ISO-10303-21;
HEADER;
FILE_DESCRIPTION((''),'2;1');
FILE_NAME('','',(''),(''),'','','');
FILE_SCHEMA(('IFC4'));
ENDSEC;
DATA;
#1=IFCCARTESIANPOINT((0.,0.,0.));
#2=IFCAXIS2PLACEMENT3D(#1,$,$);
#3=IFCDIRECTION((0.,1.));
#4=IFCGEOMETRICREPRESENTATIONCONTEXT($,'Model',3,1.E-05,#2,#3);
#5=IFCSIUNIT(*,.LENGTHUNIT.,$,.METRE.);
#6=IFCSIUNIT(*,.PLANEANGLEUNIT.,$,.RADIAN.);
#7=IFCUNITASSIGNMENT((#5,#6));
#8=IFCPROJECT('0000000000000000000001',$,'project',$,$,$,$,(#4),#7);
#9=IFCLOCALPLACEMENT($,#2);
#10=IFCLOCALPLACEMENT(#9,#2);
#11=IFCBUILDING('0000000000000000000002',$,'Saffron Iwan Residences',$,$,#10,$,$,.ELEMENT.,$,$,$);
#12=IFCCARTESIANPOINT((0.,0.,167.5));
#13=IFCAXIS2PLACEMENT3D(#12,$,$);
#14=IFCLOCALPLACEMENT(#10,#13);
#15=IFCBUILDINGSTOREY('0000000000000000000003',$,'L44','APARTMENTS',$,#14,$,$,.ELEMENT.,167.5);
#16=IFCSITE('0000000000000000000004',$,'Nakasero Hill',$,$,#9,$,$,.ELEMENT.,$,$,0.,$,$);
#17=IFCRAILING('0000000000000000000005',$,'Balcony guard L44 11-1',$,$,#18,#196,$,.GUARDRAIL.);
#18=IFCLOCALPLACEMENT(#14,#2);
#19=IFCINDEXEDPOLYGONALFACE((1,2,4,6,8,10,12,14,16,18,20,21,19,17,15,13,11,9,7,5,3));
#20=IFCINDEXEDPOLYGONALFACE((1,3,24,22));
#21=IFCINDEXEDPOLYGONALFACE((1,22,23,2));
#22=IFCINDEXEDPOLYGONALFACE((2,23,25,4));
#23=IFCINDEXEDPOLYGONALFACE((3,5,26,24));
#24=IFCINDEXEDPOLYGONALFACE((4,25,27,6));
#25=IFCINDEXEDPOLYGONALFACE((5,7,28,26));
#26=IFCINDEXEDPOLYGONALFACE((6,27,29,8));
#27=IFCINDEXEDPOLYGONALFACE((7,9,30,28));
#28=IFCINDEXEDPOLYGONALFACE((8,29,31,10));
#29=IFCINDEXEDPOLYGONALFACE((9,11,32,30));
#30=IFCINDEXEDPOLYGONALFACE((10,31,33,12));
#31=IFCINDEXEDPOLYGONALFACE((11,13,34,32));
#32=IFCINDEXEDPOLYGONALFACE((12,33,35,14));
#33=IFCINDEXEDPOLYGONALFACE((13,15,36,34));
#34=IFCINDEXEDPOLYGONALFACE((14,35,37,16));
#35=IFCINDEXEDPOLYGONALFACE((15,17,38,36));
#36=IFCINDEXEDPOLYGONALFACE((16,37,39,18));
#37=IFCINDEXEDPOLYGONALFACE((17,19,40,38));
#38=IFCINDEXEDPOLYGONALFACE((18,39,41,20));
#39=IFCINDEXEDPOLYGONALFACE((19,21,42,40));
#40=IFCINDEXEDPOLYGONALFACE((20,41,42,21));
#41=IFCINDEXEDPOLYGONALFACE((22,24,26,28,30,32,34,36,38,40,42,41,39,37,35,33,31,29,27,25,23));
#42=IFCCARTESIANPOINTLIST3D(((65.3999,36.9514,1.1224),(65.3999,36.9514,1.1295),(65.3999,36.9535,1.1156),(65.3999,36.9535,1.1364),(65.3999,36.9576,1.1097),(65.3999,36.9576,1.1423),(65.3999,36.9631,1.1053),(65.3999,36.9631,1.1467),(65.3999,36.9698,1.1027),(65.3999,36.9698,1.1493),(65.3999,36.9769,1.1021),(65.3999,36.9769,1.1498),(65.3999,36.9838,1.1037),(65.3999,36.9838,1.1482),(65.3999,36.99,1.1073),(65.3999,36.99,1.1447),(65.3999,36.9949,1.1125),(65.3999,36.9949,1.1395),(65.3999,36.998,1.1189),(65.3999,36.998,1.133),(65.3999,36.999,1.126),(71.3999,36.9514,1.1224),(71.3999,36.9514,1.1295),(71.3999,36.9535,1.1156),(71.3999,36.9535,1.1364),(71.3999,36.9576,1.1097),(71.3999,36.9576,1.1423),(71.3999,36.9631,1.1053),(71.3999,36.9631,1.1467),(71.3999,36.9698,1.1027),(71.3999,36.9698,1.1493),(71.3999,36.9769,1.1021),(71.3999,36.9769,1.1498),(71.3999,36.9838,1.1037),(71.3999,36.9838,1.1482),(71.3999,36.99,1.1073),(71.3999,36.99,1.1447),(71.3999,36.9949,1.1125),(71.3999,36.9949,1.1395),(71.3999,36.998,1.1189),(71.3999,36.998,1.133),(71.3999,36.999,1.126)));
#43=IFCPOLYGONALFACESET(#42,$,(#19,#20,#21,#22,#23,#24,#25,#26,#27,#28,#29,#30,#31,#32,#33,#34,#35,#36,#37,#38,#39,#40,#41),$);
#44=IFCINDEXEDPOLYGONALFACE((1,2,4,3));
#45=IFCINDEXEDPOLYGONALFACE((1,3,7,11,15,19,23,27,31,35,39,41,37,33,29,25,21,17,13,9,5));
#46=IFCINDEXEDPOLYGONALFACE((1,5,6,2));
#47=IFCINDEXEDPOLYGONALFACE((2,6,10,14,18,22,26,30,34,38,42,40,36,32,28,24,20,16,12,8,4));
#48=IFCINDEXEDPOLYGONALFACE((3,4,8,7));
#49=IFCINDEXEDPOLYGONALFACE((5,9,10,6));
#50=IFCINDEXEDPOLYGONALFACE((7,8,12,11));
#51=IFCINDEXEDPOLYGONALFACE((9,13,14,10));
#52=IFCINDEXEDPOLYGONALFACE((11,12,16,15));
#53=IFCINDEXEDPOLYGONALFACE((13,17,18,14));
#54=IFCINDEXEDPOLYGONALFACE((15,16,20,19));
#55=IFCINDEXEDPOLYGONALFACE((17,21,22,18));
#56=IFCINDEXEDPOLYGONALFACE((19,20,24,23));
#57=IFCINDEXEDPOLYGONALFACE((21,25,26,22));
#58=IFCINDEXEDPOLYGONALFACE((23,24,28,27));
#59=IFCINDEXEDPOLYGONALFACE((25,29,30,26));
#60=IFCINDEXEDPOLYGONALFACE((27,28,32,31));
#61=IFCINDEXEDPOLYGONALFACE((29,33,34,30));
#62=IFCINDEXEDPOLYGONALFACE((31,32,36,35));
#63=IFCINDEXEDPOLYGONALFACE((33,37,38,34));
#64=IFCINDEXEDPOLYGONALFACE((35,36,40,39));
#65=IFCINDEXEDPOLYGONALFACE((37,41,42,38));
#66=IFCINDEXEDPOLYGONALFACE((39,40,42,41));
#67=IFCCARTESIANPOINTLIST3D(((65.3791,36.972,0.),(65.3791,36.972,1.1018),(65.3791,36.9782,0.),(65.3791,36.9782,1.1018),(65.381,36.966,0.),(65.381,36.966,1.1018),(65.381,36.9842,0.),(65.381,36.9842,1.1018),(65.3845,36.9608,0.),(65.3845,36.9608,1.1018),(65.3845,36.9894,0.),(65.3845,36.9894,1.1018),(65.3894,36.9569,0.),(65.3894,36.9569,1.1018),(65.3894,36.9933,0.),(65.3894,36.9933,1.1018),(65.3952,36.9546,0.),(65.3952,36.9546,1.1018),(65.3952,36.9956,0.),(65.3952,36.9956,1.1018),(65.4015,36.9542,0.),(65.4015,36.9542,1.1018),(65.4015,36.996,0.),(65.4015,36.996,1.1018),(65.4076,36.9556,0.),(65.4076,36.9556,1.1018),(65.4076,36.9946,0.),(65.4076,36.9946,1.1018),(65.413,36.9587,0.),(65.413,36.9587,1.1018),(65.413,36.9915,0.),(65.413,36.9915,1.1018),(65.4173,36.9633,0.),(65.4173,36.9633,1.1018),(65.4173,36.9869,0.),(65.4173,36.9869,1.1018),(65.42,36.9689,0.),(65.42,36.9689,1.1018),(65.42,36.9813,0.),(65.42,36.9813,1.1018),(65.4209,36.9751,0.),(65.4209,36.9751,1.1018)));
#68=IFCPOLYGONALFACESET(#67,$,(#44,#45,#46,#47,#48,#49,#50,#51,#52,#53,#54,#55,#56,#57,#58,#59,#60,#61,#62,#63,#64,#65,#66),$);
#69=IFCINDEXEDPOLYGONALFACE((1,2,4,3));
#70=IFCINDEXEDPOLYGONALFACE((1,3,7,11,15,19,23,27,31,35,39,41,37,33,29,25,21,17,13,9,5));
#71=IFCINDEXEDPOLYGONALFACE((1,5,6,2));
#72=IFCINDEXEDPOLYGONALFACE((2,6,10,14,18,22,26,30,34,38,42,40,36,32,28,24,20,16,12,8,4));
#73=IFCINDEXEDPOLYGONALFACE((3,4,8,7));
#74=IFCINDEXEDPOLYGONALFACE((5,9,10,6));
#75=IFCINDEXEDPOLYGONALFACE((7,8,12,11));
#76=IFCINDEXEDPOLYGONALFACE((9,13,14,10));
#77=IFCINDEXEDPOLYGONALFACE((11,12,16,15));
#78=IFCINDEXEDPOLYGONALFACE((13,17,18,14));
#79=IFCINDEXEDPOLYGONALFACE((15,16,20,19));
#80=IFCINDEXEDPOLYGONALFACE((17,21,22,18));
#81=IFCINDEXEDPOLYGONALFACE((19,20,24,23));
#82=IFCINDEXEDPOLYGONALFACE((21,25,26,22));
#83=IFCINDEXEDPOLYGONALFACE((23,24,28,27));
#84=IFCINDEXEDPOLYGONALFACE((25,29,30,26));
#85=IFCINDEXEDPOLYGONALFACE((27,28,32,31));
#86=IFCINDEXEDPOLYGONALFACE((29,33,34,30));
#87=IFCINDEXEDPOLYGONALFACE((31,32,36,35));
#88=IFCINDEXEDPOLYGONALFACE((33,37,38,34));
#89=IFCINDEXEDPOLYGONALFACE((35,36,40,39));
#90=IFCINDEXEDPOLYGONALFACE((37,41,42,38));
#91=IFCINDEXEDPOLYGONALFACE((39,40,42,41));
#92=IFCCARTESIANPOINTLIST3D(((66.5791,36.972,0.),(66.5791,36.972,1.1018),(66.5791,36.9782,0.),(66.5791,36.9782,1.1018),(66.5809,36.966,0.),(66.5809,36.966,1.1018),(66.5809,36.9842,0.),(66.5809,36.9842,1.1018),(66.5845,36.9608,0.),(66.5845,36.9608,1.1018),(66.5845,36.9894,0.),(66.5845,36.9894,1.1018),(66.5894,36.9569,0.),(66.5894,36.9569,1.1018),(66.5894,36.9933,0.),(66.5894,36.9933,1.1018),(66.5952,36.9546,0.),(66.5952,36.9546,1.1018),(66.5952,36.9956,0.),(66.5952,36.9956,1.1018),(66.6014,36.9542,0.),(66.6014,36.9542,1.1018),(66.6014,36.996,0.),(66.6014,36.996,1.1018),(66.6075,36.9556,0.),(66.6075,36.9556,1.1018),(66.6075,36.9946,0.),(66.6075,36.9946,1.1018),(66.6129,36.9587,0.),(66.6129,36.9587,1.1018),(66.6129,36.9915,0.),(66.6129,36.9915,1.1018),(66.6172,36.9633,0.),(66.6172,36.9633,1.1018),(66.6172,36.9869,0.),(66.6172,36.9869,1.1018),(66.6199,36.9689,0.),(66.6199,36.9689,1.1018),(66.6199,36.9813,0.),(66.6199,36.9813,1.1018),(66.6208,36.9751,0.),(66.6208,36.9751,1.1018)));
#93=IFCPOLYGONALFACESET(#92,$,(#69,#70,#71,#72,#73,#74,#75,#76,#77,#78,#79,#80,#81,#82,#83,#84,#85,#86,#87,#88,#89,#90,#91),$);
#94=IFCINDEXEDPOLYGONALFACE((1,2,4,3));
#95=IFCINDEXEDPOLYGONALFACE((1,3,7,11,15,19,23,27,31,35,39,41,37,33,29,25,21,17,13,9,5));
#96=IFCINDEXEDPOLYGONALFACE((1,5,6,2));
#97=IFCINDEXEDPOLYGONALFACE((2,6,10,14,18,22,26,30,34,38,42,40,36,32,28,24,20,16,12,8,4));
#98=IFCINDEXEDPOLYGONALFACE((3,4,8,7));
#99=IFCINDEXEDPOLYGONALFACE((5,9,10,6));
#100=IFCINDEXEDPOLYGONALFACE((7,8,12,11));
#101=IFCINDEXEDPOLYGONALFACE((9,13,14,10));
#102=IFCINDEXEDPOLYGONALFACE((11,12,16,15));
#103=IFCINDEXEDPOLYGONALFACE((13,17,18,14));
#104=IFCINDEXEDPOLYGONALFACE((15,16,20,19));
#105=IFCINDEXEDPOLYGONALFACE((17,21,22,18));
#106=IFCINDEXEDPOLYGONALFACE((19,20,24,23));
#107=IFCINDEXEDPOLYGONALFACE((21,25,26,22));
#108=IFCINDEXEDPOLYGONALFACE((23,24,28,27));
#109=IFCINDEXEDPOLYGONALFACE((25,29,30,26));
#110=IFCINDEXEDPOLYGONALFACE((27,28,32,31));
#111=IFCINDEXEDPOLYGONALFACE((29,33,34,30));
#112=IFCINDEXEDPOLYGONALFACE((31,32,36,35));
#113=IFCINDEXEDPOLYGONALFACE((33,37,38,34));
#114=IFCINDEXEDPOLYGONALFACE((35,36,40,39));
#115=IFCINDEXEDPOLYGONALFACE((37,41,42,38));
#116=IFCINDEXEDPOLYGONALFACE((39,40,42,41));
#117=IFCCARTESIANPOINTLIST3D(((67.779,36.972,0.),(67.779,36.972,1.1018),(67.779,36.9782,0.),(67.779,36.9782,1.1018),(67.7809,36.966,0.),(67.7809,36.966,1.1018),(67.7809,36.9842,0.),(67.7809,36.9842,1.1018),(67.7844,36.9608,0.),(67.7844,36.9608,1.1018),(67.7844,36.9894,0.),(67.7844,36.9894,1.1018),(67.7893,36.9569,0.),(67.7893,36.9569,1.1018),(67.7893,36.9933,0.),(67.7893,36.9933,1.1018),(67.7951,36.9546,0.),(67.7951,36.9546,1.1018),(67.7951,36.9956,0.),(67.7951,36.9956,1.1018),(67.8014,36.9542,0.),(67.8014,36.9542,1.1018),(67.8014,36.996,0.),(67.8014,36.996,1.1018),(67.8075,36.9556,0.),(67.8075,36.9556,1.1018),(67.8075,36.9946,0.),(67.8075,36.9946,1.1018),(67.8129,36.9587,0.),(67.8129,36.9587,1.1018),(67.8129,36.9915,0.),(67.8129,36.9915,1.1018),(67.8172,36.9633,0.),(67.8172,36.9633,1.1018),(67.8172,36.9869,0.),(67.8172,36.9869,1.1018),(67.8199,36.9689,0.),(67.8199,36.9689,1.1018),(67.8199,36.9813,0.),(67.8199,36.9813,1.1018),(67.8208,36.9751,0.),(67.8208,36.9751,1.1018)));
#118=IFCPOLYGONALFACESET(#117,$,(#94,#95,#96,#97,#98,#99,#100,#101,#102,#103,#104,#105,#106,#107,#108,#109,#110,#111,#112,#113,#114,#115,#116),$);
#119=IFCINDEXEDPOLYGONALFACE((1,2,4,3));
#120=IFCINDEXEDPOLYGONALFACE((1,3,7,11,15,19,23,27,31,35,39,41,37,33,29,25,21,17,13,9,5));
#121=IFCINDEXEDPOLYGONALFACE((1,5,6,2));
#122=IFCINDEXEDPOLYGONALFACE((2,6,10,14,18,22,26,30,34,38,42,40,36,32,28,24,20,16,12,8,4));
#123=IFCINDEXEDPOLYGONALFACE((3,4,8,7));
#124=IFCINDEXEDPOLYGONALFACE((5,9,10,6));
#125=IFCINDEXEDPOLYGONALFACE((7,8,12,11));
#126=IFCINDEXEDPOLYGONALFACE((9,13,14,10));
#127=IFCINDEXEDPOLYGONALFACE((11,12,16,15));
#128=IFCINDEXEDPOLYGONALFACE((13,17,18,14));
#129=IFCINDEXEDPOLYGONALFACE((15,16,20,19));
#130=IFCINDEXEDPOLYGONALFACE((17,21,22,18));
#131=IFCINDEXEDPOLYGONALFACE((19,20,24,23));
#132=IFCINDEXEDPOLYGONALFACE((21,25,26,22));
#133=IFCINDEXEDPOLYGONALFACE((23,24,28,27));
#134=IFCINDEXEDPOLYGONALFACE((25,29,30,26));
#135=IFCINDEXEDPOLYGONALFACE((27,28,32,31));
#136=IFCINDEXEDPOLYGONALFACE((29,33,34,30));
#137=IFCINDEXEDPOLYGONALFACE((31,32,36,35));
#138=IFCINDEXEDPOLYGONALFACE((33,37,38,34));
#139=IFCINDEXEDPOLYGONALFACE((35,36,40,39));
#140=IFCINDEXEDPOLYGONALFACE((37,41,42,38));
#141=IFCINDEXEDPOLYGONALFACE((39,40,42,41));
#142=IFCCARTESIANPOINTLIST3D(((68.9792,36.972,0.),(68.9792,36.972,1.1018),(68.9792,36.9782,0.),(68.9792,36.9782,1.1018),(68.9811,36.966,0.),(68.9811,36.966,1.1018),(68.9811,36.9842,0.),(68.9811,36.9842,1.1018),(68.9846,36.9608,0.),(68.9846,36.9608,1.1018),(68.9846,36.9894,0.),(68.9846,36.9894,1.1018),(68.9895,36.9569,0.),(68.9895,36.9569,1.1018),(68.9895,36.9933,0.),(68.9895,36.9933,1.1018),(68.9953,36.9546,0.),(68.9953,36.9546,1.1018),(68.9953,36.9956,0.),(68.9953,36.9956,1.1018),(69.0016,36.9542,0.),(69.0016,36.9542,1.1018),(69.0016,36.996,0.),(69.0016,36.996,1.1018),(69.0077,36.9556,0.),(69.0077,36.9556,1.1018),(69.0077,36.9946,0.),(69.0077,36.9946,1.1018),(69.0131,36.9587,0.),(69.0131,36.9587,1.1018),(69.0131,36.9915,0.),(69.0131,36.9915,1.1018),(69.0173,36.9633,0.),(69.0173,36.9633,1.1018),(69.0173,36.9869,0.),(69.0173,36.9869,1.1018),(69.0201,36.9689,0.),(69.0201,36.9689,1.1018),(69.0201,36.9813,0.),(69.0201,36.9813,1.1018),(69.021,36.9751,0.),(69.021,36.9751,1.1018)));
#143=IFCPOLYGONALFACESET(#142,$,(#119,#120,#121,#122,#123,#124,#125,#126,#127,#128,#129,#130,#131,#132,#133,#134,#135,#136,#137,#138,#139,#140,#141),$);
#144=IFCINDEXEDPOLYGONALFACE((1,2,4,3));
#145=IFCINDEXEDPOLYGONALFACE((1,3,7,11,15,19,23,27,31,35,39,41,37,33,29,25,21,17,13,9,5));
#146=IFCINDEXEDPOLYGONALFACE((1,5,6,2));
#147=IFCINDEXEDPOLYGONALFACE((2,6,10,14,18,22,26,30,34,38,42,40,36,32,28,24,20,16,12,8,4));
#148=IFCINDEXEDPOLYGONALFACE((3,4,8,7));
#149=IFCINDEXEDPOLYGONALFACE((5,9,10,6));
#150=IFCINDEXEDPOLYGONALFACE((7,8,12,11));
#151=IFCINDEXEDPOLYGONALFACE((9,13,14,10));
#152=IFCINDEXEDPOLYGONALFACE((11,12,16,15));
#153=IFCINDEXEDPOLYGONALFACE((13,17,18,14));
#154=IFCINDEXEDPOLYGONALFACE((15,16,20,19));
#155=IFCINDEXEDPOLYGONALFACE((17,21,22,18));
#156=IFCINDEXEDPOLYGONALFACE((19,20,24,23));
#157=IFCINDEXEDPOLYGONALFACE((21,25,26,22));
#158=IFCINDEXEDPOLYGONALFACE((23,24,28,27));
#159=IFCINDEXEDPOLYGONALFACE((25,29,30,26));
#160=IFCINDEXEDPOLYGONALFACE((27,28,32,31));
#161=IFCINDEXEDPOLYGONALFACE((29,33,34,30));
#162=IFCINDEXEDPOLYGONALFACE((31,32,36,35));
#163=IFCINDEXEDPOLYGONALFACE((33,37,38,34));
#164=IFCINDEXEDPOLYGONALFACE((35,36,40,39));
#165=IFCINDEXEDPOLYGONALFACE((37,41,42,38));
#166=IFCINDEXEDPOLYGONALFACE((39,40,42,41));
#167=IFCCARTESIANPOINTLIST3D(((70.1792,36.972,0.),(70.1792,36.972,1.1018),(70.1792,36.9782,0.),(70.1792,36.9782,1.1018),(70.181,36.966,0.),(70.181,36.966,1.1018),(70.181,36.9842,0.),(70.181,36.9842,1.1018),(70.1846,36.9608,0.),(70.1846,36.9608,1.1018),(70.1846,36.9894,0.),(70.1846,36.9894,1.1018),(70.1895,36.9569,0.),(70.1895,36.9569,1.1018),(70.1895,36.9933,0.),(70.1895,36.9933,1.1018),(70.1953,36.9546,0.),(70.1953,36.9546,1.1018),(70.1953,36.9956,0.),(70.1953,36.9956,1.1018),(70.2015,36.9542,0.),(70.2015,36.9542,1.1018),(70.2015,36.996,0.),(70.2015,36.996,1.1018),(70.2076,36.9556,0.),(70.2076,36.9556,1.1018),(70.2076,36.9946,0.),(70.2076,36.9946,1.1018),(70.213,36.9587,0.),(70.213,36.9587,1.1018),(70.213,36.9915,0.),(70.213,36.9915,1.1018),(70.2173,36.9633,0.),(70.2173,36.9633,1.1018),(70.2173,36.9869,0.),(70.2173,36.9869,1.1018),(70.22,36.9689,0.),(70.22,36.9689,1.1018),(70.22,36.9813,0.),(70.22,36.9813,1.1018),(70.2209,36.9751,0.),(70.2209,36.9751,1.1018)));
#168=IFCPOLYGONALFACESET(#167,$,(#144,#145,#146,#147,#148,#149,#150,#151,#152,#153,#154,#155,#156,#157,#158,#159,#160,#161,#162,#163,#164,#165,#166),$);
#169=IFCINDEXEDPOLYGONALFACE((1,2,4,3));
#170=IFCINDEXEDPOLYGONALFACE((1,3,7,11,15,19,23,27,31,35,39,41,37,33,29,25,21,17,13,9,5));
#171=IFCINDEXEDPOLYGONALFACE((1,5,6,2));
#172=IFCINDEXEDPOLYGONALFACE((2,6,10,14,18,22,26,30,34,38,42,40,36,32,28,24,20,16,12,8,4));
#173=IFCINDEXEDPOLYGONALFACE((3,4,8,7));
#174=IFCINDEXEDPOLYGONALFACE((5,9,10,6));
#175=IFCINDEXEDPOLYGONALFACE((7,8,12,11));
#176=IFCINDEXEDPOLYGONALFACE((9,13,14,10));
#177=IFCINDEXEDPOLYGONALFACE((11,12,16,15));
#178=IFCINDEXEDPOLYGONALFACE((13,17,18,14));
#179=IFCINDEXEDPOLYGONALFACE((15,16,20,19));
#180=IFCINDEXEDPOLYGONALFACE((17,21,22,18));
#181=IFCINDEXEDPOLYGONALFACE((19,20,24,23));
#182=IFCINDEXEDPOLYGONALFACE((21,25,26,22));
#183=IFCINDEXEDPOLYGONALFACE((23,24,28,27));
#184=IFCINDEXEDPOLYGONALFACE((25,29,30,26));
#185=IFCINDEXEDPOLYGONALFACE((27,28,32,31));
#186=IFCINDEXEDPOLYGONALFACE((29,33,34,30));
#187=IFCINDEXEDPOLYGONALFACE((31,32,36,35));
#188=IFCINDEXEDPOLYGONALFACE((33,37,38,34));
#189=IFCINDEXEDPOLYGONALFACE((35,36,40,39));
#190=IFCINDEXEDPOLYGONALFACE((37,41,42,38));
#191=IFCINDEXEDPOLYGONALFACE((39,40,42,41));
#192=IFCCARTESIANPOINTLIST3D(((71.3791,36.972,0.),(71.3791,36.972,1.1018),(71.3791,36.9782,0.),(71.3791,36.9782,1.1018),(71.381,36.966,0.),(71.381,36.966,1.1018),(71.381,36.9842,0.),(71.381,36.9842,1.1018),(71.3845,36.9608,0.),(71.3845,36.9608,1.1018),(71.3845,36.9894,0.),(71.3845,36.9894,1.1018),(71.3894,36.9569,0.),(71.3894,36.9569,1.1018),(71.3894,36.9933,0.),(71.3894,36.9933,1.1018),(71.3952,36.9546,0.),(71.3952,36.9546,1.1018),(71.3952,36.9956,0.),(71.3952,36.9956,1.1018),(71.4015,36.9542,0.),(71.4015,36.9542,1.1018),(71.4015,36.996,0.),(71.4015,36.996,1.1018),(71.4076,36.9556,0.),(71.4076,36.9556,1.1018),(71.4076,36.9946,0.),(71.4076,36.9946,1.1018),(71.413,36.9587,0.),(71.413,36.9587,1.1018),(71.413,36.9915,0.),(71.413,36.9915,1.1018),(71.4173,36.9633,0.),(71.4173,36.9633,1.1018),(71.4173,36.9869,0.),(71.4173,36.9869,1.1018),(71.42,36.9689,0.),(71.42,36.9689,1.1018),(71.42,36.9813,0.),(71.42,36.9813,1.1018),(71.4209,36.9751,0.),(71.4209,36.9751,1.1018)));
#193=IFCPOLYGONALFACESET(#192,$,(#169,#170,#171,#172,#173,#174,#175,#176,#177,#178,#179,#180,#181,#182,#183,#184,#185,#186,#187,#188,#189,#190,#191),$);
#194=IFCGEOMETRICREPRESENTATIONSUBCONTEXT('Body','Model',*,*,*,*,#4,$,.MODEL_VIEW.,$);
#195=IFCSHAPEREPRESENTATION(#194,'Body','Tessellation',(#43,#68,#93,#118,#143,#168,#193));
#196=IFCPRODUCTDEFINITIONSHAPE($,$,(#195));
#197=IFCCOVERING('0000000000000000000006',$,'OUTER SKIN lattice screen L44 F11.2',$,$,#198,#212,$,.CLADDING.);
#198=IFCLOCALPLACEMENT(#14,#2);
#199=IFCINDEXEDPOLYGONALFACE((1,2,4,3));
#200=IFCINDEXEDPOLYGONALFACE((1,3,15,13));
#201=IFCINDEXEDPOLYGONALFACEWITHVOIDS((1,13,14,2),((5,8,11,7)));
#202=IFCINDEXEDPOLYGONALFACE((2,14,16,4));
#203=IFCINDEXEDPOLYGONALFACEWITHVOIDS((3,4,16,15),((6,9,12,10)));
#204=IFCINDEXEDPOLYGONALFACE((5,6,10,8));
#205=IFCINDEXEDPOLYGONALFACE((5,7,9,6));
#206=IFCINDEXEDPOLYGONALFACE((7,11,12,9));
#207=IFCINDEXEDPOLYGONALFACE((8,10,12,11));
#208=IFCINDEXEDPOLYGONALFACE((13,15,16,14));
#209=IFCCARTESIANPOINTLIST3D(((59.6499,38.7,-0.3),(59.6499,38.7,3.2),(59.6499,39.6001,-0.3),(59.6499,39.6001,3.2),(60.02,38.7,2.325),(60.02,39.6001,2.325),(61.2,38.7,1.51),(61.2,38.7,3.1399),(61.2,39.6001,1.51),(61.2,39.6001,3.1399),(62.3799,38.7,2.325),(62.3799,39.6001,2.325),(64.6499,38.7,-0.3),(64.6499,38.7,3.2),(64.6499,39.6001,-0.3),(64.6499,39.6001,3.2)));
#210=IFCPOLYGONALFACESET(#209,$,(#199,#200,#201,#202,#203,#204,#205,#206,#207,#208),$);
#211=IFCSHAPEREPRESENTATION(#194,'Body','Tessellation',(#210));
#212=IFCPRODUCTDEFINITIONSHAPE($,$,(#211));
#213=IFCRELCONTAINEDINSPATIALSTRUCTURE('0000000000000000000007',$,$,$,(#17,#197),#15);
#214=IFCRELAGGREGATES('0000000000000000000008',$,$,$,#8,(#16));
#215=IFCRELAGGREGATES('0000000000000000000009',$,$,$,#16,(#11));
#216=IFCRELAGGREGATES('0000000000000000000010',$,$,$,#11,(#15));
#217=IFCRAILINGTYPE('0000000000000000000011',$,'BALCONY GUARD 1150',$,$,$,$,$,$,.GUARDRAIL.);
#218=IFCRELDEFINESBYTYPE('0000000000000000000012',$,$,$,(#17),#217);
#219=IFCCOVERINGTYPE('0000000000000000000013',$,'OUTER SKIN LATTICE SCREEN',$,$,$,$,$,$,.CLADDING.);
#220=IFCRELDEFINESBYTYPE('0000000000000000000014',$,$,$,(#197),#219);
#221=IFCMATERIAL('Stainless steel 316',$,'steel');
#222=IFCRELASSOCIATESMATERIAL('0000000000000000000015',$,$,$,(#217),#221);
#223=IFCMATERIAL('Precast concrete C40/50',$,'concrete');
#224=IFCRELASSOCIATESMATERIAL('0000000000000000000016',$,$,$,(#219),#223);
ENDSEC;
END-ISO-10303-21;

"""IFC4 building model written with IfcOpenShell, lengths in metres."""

from ifc_helpers import new_model, si_unit, direction, frame, origin, origin_2d, place, context, subcontext, project, spatial, polyline, circle, outline, extrude, material, type_object, element, save


model = new_model("IFC4")

# Units and contexts
model_context = context("Model", 3, precision=1e-05, world=origin(), true_north=direction((0.0, 1.0)))
body_context = subcontext(model_context, "Body", "Model", "MODEL_VIEW")
ifc_project = project(units=[si_unit("LENGTHUNIT", "METRE"), si_unit("PLANEANGLEUNIT", "RADIAN")], contexts=[model_context])

# Site, building, storey
site_placement = place(None, origin())
site = spatial("IfcSite", under=ifc_project, at=site_placement, Name="Nakasero Hill", CompositionType="ELEMENT", RefElevation=0.0)
building_placement = place(site_placement, origin())
building = spatial("IfcBuilding", under=site, at=building_placement, Name="Saffron Iwan Residences", CompositionType="ELEMENT")
storey_placement = place(building_placement, frame((0.0, 0.0, 167.5)))
storey = spatial("IfcBuildingStorey", under=building, at=storey_placement, Name="L44", Description="APARTMENTS", CompositionType="ELEMENT", Elevation=167.5)

# Railing
ifc_material_1 = material(Name="Stainless steel 316", Category="steel")
railing_type = type_object("IfcRailingType", Name="BALCONY GUARD 1150", PredefinedType="GUARDRAIL", material=ifc_material_1)
railing_placement = place(storey_placement, frame((65.3999, 36.9751, 0.0)))
element("IfcRailing", 1, at=railing_placement, inside=storey, type_object=railing_type, Name="Balcony guard L44 11-1", PredefinedType="GUARDRAIL", context=body_context, shape_type="SweptSolid", body=[
    extrude(circle(Radius=0.0239, at=origin_2d()), frame((0.0, 0.0, 1.126), z_axis=(1.0, 0.0, 0.0), x_axis=(0.0, 1.0, 0.0)), (0.0, 0.0, 1.0), 6.0),
    extrude(circle(Radius=0.021, at=origin_2d()), origin(), (0.0, 0.0, 1.0), 1.1018),
    extrude(circle(Radius=0.021, at=origin_2d()), frame((1.2, 0.0, 0.0)), (0.0, 0.0, 1.0), 1.1018),
    extrude(circle(Radius=0.021, at=origin_2d()), frame((2.3999, 0.0, 0.0)), (0.0, 0.0, 1.0), 1.1018),
    extrude(circle(Radius=0.021, at=origin_2d()), frame((3.6001, 0.0, 0.0)), (0.0, 0.0, 1.0), 1.1018),
    extrude(circle(Radius=0.021, at=origin_2d()), frame((4.8, 0.0, 0.0)), (0.0, 0.0, 1.0), 1.1018),
    extrude(circle(Radius=0.021, at=origin_2d()), frame((6.0, 0.0, 0.0)), (0.0, 0.0, 1.0), 1.1018),
])

# Covering
ifc_material_2 = material(Name="Precast concrete C40/50", Category="concrete")
covering_type = type_object("IfcCoveringType", Name="OUTER SKIN LATTICE SCREEN", PredefinedType="CLADDING", material=ifc_material_2)
covering_placement = place(storey_placement, frame((59.6499, 39.6001, -0.3), z_axis=(0.0, -1.0, 0.0), x_axis=(1.0, 0.0, 0.0)))
element("IfcCovering", 2, at=covering_placement, inside=storey, type_object=covering_type, Name="OUTER SKIN lattice screen L44 F11.2", PredefinedType="CLADDING", context=body_context, shape_type="SweptSolid", body=[
    extrude(outline(polyline([(0.0, 0.0), (5.0, 0.0), (5.0, 3.5), (0.0, 3.5), (0.0, 0.0)]), holes=[polyline([(0.3701, 2.625), (1.55, 1.8101), (2.73, 2.625), (1.55, 3.4399), (0.3701, 2.625)])]), origin(), (0.0, 0.0, 1.0), 0.9001),
])

save(model, "model.ifc")
